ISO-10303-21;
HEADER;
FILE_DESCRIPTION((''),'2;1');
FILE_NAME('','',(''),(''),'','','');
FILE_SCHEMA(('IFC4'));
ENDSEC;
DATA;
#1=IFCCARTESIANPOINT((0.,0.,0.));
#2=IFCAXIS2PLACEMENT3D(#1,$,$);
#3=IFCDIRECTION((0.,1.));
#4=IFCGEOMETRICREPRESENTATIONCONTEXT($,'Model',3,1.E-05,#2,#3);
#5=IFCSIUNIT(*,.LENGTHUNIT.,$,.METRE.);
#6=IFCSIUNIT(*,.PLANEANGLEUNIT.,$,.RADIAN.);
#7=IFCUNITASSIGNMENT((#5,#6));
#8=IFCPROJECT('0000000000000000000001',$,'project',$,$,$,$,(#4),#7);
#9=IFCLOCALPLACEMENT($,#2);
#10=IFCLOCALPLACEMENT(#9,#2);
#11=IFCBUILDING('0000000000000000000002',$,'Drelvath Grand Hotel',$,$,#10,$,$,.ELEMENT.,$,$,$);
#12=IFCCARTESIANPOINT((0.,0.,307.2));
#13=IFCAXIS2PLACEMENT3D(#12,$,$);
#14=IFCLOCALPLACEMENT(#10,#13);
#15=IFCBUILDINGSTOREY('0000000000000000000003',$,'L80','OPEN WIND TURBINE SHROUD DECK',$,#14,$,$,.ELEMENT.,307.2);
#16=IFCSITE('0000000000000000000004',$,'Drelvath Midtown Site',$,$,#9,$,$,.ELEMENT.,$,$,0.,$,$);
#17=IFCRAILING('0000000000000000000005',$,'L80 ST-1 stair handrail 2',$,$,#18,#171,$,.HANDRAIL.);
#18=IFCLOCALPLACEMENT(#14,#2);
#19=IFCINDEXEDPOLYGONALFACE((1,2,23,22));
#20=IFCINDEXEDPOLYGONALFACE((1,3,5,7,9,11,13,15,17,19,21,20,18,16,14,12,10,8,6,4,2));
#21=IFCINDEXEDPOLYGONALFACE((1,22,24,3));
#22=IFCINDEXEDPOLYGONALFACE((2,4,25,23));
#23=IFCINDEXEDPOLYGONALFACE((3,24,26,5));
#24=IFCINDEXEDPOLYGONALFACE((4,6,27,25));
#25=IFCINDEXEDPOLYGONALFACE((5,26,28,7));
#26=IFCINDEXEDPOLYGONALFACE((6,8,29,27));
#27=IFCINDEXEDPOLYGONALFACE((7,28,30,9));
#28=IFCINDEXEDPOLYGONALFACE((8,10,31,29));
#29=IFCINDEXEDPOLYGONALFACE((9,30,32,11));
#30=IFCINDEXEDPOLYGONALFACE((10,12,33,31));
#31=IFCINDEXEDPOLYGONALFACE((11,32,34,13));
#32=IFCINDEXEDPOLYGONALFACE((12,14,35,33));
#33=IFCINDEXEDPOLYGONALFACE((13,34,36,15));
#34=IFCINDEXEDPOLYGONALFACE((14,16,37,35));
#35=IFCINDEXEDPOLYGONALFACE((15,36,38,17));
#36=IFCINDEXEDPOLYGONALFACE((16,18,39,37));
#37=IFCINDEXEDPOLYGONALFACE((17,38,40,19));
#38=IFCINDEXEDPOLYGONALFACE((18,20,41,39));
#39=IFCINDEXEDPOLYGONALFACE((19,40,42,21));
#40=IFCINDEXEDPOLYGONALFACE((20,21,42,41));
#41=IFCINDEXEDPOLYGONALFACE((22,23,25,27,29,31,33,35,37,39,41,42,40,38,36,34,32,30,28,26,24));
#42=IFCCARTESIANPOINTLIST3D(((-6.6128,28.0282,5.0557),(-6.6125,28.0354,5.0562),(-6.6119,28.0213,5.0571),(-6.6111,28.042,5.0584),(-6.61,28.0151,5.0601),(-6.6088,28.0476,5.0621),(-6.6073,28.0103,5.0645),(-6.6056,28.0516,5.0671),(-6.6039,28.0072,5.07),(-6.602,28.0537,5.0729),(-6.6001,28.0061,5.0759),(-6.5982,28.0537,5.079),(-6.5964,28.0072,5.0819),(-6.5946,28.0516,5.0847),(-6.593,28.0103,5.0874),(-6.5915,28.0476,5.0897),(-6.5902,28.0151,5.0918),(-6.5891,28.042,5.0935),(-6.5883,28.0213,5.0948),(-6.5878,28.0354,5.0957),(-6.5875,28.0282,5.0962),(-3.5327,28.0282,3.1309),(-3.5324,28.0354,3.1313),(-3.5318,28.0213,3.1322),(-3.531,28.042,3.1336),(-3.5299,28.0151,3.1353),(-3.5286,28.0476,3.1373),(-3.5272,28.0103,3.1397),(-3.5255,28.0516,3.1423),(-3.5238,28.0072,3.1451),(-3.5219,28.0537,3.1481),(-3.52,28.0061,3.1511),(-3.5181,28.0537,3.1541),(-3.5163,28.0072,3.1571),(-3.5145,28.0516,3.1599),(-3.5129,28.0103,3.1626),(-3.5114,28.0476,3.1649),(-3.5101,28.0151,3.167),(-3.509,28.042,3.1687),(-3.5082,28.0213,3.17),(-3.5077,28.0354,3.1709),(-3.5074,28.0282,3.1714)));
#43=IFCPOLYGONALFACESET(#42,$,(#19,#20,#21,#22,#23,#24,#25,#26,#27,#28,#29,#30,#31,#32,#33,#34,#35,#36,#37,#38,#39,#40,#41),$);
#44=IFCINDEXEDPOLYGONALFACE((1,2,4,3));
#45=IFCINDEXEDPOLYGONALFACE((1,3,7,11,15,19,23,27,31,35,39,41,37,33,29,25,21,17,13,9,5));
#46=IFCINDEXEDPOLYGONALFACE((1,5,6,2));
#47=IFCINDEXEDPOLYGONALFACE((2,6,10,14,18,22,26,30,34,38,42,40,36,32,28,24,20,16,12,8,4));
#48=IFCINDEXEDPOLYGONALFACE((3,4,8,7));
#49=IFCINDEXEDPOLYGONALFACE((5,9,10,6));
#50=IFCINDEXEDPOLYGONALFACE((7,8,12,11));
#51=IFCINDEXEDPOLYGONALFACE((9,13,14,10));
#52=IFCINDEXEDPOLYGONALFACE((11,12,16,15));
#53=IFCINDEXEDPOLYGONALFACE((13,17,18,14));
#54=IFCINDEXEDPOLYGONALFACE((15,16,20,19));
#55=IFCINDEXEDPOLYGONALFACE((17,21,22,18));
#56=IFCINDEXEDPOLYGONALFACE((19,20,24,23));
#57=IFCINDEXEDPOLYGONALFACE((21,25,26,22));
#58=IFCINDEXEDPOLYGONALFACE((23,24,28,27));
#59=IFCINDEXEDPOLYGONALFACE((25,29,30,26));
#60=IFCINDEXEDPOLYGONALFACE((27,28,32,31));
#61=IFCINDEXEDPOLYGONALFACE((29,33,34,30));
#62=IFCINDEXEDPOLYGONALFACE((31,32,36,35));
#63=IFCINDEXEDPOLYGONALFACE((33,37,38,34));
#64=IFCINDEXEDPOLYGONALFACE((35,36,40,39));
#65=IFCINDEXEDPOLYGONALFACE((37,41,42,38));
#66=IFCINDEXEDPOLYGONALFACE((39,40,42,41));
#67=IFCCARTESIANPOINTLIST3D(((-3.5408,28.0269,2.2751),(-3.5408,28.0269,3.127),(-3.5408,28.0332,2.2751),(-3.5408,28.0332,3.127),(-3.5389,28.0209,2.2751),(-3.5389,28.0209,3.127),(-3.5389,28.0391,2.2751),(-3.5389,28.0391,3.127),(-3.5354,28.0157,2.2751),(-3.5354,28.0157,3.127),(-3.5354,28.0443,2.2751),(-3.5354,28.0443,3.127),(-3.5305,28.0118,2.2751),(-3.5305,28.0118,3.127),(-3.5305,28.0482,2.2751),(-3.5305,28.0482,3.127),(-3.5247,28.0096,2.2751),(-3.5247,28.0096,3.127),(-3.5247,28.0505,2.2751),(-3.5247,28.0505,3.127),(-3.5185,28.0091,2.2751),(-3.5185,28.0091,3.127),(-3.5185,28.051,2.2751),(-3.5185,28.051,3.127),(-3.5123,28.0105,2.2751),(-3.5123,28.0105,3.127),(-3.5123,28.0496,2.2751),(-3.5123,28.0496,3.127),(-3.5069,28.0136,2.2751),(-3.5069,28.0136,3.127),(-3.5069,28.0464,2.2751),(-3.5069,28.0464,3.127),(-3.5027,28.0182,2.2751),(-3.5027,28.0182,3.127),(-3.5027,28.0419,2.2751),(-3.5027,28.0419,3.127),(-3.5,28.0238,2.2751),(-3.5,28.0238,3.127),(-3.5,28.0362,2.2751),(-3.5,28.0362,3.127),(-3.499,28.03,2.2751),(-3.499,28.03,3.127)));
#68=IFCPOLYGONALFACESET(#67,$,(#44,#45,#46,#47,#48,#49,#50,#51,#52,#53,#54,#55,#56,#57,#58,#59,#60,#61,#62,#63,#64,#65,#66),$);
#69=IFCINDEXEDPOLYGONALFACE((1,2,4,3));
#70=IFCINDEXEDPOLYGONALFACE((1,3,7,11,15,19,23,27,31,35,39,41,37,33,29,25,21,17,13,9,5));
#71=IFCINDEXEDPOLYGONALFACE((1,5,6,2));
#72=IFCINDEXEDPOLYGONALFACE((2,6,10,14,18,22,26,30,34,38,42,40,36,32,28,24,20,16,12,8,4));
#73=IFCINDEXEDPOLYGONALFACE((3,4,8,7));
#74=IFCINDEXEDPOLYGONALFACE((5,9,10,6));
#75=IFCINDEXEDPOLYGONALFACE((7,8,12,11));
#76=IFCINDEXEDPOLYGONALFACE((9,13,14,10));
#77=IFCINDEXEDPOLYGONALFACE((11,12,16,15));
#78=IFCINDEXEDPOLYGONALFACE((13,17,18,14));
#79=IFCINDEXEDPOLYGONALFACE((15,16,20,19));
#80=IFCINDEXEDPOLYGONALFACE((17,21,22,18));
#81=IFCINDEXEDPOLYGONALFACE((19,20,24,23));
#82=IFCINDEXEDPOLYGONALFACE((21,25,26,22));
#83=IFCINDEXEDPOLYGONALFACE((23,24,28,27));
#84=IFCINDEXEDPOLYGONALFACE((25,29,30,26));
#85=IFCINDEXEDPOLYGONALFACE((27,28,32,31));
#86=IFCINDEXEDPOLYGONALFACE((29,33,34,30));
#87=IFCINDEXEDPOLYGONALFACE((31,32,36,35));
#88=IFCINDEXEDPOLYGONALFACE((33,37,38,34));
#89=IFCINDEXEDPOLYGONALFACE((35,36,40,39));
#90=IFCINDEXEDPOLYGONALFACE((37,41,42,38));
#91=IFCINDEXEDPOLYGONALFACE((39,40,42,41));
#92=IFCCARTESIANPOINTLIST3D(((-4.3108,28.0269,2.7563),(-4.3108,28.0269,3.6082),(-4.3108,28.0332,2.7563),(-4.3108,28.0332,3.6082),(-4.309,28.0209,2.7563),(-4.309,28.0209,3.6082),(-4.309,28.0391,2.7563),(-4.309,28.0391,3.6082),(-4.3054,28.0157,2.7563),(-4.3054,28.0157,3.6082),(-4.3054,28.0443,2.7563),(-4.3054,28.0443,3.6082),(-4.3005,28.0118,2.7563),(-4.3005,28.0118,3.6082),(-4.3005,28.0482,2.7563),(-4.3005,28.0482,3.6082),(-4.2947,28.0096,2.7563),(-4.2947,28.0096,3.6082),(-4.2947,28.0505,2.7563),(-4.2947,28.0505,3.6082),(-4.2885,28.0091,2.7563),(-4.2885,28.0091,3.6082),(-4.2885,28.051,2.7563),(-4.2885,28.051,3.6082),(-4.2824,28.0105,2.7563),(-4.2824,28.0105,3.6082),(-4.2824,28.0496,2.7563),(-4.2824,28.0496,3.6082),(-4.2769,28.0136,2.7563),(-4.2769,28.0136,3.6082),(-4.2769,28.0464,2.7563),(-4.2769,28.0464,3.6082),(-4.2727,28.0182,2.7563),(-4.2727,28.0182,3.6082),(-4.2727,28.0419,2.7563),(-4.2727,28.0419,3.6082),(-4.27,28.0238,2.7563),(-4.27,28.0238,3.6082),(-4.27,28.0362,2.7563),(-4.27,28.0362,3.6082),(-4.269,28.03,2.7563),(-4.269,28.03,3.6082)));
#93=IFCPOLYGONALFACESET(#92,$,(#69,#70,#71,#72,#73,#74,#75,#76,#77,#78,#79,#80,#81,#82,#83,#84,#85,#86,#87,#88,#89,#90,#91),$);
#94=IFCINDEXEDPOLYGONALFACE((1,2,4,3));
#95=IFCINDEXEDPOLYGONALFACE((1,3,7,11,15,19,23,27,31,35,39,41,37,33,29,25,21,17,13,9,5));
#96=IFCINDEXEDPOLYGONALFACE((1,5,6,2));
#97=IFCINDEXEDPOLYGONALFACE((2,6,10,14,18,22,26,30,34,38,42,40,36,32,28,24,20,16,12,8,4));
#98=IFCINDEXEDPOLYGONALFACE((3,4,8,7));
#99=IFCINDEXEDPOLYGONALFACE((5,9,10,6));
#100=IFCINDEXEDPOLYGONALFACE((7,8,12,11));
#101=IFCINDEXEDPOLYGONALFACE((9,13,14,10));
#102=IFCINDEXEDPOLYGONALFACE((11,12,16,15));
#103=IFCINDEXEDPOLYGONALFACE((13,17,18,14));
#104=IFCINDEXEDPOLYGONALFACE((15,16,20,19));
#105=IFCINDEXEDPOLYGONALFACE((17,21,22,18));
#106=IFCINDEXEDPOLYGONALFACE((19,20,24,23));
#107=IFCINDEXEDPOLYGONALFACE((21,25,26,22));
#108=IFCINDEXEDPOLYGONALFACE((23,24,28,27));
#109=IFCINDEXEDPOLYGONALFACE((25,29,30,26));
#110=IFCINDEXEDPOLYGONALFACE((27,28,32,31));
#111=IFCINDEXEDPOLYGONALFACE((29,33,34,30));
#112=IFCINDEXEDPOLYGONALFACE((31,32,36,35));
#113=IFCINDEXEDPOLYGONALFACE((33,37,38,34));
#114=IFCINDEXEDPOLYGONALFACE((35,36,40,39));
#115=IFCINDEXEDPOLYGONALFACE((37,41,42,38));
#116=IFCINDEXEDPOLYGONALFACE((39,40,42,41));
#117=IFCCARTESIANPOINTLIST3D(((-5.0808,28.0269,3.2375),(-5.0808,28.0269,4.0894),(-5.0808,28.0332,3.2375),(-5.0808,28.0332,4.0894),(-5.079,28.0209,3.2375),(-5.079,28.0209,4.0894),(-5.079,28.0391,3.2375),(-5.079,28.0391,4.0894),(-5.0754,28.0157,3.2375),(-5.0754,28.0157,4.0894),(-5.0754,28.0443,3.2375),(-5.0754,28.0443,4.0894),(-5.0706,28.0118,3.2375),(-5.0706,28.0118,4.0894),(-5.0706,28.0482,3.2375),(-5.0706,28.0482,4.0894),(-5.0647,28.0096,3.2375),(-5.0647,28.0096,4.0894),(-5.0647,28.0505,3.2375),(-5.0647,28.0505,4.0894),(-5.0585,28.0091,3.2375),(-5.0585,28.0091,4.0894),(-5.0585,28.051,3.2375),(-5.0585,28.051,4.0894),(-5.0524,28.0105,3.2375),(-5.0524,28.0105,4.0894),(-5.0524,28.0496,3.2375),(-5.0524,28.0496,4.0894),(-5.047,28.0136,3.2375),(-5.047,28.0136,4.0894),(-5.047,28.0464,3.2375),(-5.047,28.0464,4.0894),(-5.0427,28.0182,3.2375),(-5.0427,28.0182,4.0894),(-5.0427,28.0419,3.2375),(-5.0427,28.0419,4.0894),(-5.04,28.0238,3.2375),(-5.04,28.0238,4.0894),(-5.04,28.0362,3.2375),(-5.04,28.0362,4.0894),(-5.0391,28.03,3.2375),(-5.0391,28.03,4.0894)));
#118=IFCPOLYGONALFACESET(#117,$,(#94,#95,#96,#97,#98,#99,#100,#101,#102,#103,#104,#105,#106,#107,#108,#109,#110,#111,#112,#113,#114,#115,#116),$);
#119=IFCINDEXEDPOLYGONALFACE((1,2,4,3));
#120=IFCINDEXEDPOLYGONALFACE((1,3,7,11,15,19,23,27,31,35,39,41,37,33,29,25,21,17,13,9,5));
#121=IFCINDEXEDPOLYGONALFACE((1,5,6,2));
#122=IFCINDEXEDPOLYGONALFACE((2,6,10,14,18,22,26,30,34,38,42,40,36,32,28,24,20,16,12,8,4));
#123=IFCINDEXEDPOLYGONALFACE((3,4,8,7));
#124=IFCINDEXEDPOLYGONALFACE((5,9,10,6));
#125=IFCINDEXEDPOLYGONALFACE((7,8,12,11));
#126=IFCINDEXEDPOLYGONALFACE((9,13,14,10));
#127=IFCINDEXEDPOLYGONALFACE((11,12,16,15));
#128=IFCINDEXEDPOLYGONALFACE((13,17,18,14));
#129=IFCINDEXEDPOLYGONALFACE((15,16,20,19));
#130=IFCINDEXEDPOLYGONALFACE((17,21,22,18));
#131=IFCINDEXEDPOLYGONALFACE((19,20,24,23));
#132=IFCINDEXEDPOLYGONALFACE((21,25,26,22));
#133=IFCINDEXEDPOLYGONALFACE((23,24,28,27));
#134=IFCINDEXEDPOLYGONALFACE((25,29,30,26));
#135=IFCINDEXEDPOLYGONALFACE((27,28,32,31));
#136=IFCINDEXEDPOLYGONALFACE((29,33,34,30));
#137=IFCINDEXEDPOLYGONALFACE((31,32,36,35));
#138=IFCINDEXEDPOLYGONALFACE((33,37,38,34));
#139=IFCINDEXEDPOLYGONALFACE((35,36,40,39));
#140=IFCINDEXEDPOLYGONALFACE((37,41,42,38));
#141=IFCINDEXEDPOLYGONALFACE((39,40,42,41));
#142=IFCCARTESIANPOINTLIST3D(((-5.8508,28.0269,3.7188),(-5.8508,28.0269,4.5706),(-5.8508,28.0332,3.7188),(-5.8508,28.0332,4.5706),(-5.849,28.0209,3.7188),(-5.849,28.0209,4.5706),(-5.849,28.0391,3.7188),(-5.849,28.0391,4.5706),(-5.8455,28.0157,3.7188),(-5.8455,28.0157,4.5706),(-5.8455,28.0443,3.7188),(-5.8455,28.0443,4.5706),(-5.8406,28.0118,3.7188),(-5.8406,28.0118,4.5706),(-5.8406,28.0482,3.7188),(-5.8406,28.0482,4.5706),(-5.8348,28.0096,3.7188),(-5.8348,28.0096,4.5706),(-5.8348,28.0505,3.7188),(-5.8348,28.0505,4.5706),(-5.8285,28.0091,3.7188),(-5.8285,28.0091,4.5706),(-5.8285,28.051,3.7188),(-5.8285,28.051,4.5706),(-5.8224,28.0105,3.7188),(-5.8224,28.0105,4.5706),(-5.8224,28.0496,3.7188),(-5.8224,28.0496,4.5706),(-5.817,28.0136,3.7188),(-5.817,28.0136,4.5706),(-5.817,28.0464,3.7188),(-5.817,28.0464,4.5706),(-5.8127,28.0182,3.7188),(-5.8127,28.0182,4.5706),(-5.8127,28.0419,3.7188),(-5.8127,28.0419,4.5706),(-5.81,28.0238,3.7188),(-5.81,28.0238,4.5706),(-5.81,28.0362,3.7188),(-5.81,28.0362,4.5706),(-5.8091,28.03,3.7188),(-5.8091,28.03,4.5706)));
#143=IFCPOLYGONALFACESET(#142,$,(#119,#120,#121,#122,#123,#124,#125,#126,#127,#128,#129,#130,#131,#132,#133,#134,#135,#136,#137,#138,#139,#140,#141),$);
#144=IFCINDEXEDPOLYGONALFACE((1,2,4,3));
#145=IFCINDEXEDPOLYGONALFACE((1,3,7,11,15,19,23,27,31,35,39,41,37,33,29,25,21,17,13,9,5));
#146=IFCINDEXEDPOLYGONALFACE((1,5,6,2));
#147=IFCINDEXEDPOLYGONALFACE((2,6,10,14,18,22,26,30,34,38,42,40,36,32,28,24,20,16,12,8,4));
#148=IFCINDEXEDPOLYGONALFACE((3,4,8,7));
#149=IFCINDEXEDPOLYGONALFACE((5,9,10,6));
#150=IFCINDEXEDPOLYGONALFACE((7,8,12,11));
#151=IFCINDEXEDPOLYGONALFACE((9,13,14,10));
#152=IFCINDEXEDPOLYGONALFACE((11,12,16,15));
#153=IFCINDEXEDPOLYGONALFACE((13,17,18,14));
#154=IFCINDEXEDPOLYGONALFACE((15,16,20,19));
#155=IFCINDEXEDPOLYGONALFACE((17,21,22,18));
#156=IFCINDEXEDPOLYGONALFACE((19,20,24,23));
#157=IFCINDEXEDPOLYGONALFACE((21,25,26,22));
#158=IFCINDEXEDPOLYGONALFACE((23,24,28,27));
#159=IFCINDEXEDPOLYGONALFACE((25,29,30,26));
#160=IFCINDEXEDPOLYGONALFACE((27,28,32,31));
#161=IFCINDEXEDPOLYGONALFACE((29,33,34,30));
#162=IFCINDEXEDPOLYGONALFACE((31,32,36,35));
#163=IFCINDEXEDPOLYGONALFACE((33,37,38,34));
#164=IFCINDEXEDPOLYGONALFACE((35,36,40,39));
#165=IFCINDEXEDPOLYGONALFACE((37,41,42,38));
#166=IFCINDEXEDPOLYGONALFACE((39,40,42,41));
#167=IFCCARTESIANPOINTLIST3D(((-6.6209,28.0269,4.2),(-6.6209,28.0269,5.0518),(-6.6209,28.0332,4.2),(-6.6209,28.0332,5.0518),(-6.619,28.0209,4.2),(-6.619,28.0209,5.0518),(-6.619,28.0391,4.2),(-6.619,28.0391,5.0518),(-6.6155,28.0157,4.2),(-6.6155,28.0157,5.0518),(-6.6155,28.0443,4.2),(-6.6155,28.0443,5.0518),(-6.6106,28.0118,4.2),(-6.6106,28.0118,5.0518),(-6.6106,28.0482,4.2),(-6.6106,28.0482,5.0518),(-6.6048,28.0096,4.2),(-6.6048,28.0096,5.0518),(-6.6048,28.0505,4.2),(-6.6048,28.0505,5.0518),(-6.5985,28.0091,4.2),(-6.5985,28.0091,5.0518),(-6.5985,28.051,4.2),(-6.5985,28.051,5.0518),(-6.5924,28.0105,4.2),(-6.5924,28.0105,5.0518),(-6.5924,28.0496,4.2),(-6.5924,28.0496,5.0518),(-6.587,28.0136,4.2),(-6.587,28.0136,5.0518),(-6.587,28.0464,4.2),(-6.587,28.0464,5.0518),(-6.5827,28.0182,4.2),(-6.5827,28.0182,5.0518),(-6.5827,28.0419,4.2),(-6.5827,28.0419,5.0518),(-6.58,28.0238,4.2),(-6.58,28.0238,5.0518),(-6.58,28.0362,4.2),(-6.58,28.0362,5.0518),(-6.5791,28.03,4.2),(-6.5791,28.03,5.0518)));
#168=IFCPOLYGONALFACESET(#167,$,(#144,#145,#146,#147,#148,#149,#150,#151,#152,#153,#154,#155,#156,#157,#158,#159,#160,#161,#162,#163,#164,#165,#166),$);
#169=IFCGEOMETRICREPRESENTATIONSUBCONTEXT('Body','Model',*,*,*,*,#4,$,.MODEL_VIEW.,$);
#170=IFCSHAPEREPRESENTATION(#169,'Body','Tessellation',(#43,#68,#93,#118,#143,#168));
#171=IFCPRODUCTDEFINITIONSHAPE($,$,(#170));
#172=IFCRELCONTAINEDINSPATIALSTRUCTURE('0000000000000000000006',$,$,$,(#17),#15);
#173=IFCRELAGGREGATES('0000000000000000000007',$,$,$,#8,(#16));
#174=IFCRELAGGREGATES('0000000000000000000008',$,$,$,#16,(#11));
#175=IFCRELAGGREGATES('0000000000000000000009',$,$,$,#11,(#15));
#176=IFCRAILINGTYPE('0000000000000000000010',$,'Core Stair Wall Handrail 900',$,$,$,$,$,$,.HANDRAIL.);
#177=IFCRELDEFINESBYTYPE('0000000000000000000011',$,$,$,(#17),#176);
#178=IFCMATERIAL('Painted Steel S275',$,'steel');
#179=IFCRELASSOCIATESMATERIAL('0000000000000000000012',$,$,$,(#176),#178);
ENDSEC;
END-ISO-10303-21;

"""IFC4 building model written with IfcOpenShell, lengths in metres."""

from ifc_helpers import new_model, si_unit, direction, frame, origin, origin_2d, place, context, subcontext, project, spatial, circle, extrude, material, type_object, element, save


model = new_model("IFC4")

# Units and contexts
model_context = context("Model", 3, precision=1e-05, world=origin(), true_north=direction((0.0, 1.0)))
body_context = subcontext(model_context, "Body", "Model", "MODEL_VIEW")
ifc_project = project(units=[si_unit("LENGTHUNIT", "METRE"), si_unit("PLANEANGLEUNIT", "RADIAN")], contexts=[model_context])

# Site, building, storey
site_placement = place(None, origin())
site = spatial("IfcSite", under=ifc_project, at=site_placement, Name="Drelvath Midtown Site", CompositionType="ELEMENT", RefElevation=0.0)
building_placement = place(site_placement, origin())
building = spatial("IfcBuilding", under=site, at=building_placement, Name="Drelvath Grand Hotel", CompositionType="ELEMENT")
storey_placement = place(building_placement, frame((0.0, 0.0, 307.2)))
storey = spatial("IfcBuildingStorey", under=building, at=storey_placement, Name="L80", Description="OPEN WIND TURBINE SHROUD DECK", CompositionType="ELEMENT", Elevation=307.2)

# Shared definitions
ifc_material_1 = material(Name="Painted Steel S275", Category="steel")

# Railing
railing_type_1 = type_object("IfcRailingType", Name="Core Stair Wall Handrail 900", PredefinedType="HANDRAIL", material=ifc_material_1)
railing_1_placement = place(storey_placement, frame((-3.52, 28.03, 2.2751)))
element("IfcRailing", 1, at=railing_1_placement, inside=storey, type_object=railing_type_1, Name="L80 ST-1 stair handrail 2", PredefinedType="HANDRAIL", context=body_context, shape_type="SweptSolid", body=[
    extrude(circle(Radius=0.0239, at=origin_2d()), frame((0.0, 0.0, 0.876), z_axis=(-0.848029, 0.0, 0.529951), x_axis=(0.0, -1.0, 0.0)), (0.0, 0.0, 1.0), 3.6321),
    extrude(circle(Radius=0.021, at=origin_2d()), origin(), (0.0, 0.0, 1.0), 0.8518),
    extrude(circle(Radius=0.021, at=origin_2d()), frame((-0.77, 0.0, 0.4812)), (0.0, 0.0, 1.0), 0.8518),
    extrude(circle(Radius=0.021, at=origin_2d()), frame((-1.54, 0.0, 0.9624)), (0.0, 0.0, 1.0), 0.8518),
    extrude(circle(Radius=0.021, at=origin_2d()), frame((-2.3101, 0.0, 1.4436)), (0.0, 0.0, 1.0), 0.8518),
    extrude(circle(Radius=0.021, at=origin_2d()), frame((-3.0801, 0.0, 1.9248)), (0.0, 0.0, 1.0), 0.8518),
])

save(model, "model.ifc")
